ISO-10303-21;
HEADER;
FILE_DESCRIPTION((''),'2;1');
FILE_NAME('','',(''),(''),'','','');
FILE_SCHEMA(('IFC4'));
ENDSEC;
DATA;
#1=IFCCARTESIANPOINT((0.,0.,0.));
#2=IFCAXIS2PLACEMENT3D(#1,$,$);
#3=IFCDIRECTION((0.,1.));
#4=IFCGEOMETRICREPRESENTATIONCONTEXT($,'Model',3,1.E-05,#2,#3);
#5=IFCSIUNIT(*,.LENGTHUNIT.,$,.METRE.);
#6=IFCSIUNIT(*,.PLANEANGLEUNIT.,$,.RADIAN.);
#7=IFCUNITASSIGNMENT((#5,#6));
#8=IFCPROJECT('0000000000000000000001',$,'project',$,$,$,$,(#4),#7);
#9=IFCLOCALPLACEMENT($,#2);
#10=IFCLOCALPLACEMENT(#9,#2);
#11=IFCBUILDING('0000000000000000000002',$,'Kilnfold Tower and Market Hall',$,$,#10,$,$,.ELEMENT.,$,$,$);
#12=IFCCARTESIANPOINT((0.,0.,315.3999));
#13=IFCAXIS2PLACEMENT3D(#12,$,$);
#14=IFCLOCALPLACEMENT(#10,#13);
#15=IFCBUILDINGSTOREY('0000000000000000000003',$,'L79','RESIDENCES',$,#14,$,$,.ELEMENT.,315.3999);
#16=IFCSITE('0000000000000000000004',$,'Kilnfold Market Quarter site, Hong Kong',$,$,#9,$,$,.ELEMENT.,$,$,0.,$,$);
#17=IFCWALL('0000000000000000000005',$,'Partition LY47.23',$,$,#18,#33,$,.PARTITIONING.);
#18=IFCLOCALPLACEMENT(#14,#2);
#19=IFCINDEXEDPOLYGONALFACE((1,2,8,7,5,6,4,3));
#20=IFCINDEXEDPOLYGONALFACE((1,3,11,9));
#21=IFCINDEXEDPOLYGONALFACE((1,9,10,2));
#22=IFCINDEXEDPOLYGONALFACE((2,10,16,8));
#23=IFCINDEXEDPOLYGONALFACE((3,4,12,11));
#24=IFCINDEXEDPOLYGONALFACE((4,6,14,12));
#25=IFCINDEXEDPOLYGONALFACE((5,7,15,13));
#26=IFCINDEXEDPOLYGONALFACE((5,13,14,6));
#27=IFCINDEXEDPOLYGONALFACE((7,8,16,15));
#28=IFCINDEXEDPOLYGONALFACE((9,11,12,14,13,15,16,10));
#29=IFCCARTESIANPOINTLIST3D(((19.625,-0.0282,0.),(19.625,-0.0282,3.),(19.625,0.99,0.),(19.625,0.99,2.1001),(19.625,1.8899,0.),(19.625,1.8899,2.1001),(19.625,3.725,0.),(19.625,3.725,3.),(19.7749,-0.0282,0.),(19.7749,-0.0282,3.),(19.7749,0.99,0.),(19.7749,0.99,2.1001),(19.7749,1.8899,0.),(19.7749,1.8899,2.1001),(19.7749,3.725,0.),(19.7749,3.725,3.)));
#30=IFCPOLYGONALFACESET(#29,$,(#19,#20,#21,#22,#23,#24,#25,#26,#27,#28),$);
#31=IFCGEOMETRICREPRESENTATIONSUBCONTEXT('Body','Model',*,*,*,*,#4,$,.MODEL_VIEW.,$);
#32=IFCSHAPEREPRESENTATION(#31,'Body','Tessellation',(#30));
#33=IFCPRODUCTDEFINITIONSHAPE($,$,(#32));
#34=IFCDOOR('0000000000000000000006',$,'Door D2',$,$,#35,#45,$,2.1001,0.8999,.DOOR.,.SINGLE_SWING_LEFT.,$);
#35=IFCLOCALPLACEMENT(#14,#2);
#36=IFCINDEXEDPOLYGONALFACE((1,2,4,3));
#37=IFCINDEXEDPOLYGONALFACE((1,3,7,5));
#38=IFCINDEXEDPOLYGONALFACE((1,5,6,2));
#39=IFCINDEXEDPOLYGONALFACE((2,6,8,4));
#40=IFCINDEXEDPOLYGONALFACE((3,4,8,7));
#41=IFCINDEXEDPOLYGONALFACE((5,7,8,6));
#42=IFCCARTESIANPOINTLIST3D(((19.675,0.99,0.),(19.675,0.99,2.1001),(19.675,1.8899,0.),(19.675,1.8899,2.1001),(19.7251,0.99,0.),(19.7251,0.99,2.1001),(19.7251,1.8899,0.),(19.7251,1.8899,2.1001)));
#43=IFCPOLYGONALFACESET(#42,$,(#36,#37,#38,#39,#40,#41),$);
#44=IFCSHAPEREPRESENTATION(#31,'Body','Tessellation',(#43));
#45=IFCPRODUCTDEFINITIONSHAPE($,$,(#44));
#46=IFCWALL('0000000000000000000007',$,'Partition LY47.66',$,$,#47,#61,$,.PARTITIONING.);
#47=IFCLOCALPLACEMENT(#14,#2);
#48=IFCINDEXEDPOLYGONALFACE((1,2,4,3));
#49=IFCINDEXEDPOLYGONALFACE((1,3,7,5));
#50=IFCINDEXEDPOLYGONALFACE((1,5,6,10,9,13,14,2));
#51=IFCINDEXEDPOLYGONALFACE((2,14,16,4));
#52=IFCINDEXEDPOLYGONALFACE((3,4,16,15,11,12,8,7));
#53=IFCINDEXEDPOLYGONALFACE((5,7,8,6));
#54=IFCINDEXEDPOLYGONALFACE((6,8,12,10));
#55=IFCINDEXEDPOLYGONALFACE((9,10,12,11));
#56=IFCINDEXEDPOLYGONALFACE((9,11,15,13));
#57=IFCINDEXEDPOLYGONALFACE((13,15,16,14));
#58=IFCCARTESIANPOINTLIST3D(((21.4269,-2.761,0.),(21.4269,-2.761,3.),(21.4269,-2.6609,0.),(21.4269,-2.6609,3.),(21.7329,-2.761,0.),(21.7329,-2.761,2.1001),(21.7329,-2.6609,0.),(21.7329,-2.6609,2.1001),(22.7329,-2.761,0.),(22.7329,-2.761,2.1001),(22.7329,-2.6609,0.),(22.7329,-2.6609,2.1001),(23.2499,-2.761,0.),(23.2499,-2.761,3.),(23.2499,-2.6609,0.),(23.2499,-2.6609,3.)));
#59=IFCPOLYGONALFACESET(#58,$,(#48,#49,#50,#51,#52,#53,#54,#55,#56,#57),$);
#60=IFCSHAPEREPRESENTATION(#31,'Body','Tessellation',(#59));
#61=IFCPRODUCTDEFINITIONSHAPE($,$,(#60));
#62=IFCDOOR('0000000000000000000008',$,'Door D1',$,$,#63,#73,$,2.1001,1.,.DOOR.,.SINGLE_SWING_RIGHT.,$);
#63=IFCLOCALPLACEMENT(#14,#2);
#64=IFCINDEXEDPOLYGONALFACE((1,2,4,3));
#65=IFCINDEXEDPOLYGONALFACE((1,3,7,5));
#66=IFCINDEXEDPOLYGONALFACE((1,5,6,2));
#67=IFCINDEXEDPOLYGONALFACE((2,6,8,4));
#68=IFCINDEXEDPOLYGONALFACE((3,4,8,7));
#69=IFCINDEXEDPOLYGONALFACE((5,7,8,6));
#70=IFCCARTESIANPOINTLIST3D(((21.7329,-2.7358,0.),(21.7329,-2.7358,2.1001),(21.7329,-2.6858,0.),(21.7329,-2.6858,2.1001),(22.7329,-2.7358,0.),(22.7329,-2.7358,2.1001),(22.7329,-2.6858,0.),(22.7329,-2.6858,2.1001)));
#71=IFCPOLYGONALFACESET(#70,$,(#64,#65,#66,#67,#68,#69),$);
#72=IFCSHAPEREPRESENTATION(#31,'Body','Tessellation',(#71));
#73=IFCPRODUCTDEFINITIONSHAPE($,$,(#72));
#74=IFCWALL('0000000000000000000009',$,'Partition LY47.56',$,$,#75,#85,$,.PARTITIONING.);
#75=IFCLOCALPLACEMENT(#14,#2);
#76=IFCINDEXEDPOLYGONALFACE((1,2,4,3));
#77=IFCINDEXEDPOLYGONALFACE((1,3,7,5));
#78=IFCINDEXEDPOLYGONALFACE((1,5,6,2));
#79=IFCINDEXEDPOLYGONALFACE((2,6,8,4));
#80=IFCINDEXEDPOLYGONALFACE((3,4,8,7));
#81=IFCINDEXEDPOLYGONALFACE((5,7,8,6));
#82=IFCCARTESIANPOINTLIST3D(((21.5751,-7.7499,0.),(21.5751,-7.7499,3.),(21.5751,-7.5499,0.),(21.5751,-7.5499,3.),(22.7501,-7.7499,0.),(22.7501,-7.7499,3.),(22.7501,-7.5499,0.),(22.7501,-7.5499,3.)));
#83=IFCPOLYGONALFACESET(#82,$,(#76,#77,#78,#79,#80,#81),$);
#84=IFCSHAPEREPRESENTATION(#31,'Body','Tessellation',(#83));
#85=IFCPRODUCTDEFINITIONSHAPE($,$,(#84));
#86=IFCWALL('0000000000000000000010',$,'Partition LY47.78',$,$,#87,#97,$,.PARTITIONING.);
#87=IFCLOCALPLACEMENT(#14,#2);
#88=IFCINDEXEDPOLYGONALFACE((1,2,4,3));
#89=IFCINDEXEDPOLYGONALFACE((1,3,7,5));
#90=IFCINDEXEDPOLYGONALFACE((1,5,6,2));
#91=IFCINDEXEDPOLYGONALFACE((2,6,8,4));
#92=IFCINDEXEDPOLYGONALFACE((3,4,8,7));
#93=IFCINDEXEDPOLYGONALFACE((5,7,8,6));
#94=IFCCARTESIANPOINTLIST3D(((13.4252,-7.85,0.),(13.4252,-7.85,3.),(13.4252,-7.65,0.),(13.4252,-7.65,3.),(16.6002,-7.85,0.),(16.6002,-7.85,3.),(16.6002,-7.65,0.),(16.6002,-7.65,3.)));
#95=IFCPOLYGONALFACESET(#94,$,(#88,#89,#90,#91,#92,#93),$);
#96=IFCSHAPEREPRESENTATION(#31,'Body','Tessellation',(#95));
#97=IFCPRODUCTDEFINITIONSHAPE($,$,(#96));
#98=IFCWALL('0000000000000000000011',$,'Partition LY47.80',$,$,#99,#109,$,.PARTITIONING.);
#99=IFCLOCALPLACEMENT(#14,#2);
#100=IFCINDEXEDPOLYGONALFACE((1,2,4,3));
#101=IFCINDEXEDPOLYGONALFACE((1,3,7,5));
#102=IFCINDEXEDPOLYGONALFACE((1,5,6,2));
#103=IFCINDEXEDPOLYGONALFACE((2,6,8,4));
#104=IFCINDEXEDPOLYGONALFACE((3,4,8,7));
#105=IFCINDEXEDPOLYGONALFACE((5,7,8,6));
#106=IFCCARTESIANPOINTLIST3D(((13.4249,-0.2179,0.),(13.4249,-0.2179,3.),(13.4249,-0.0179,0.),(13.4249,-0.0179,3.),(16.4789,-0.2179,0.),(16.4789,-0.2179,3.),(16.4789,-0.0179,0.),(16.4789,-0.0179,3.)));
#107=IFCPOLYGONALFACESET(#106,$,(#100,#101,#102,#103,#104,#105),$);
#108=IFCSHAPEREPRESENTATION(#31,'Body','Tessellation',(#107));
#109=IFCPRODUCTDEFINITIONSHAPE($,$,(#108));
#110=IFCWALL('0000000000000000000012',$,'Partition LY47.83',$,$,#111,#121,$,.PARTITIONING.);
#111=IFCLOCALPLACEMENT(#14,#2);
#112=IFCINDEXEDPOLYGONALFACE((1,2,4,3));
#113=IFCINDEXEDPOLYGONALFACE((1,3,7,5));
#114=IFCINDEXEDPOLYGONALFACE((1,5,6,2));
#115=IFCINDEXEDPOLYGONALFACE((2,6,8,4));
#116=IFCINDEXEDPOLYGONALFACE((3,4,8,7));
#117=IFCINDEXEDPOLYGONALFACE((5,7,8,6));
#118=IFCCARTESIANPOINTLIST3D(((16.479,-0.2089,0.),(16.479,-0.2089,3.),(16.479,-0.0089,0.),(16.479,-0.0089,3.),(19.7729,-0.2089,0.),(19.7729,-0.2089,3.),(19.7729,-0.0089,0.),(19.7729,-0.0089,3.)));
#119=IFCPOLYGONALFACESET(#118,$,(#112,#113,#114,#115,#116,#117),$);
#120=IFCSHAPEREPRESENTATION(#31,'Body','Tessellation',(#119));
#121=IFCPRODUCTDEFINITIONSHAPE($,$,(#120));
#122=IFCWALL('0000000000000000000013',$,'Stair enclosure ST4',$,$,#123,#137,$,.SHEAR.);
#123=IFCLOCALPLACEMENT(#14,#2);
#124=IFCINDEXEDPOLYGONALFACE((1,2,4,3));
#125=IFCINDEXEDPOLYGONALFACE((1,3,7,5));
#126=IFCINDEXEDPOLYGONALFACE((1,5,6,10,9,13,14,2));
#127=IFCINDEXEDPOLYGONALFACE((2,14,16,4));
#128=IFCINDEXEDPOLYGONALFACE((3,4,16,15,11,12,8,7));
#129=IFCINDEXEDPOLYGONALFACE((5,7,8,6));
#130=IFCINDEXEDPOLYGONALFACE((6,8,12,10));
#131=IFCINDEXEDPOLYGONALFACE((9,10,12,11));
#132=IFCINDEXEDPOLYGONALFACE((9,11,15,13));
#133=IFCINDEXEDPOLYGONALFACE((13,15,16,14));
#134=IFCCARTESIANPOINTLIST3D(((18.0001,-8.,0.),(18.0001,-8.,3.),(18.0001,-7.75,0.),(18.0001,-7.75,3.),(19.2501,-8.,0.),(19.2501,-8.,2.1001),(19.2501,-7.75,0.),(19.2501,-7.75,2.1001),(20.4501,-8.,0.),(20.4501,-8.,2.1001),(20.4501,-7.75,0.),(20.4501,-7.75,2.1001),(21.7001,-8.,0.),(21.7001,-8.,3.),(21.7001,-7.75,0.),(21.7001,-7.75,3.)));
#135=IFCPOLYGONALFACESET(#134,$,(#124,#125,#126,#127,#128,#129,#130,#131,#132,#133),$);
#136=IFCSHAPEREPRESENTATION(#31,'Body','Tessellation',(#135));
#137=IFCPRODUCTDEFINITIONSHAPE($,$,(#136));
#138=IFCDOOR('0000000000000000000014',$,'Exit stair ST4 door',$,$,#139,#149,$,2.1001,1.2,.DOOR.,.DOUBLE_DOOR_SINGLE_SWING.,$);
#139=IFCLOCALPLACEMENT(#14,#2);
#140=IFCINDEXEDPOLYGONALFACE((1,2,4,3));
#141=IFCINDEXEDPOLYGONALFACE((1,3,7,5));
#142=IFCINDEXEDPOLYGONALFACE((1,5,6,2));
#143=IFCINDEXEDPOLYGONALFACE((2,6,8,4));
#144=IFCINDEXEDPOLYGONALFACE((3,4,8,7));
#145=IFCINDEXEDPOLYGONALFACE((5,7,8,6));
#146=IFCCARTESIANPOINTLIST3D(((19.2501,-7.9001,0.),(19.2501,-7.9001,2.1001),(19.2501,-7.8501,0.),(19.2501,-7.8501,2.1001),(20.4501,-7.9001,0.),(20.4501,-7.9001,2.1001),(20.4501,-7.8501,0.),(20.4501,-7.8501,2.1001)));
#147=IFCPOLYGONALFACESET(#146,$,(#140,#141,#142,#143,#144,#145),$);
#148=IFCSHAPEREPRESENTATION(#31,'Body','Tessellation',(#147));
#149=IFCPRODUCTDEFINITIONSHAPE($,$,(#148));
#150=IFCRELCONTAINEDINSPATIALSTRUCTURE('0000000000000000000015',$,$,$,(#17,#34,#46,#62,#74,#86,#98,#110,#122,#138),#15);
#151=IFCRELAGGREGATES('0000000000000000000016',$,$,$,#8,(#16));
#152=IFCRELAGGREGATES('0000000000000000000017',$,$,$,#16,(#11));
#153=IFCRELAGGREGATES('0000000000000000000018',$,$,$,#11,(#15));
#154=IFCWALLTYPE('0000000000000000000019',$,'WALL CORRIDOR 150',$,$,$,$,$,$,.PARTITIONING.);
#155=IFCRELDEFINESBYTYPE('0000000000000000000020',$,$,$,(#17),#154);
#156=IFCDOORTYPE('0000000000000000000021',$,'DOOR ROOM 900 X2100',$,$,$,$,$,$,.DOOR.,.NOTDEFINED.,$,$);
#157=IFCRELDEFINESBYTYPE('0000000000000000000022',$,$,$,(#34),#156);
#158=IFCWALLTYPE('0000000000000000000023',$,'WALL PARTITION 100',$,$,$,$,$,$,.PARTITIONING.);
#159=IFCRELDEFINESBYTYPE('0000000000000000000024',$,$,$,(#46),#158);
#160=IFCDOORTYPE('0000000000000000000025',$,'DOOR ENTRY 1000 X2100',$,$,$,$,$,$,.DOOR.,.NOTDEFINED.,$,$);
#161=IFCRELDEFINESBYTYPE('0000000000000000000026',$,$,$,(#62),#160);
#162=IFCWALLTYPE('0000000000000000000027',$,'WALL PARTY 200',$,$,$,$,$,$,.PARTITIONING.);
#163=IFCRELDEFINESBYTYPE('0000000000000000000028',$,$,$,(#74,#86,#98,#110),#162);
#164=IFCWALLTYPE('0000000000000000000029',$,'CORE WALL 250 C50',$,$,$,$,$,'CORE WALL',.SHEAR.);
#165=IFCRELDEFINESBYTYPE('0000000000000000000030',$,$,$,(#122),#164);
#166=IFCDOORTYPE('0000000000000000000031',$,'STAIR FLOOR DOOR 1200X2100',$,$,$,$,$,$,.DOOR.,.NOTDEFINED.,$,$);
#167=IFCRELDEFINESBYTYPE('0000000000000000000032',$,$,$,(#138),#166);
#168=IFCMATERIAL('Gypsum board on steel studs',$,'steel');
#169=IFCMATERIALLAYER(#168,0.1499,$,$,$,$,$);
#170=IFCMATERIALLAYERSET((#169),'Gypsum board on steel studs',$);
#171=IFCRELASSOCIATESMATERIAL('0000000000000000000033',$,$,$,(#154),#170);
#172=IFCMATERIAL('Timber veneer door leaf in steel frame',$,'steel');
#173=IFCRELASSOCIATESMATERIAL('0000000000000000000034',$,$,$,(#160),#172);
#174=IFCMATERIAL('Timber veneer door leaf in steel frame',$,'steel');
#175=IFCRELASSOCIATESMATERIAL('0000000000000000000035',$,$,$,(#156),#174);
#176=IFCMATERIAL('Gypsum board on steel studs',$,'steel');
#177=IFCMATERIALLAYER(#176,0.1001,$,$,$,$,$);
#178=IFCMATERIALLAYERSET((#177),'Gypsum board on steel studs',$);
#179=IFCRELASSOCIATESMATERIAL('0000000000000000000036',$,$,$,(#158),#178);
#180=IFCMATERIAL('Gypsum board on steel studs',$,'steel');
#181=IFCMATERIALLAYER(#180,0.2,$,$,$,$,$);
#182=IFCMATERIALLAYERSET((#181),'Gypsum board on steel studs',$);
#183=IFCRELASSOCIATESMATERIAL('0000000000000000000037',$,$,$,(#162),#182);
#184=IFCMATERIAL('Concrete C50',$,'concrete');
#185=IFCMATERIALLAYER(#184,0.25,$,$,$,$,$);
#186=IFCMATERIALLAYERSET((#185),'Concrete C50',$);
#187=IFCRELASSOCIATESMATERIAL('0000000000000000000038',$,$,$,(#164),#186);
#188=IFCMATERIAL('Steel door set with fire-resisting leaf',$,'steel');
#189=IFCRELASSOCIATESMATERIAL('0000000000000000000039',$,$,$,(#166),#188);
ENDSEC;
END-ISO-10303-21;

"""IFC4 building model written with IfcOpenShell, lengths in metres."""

from ifc_helpers import new_model, si_unit, direction, frame, frame_2d, origin, place, context, subcontext, project, spatial, rectangle, extrude, source, transform, mapped, material, layer, layer_set, type_object, element, fill, save


model = new_model("IFC4")

# Units and contexts
model_context = context("Model", 3, precision=1e-05, world=origin(), true_north=direction((0.0, 1.0)))
body_context = subcontext(model_context, "Body", "Model", "MODEL_VIEW")
ifc_project = project(units=[si_unit("LENGTHUNIT", "METRE"), si_unit("PLANEANGLEUNIT", "RADIAN")], contexts=[model_context])

# Site, building, storey
site_placement = place(None, origin())
site = spatial("IfcSite", under=ifc_project, at=site_placement, Name="Kilnfold Market Quarter site, Hong Kong", CompositionType="ELEMENT", RefElevation=0.0)
building_placement = place(site_placement, origin())
building = spatial("IfcBuilding", under=site, at=building_placement, Name="Kilnfold Tower and Market Hall", CompositionType="ELEMENT")
storey_placement = place(building_placement, frame((0.0, 0.0, 315.3999)))
storey = spatial("IfcBuildingStorey", under=building, at=storey_placement, Name="L79", Description="RESIDENCES", CompositionType="ELEMENT", Elevation=315.3999)

# Shared definitions
ifc_material_1 = material(Name="Gypsum board on steel studs", Category="steel")
ifc_layer_1 = layer(ifc_material_1, 0.1499)
ifc_layer_set_1 = layer_set([ifc_layer_1], Name="Gypsum board on steel studs")
wall_type_1 = type_object("IfcWallType", Name="WALL CORRIDOR 150", PredefinedType="PARTITIONING", material=ifc_layer_set_1)
ifc_material_2 = material(Name="Timber veneer door leaf in steel frame", Category="steel")
door_type_1 = type_object("IfcDoorType", Name="DOOR ENTRY 1000 X2100", OperationType="NOTDEFINED", PredefinedType="DOOR", material=ifc_material_2)

# Walls, openings, doors
ifc_material_3 = material(Name="Timber veneer door leaf in steel frame", Category="steel")
door_type_2 = type_object("IfcDoorType", Name="DOOR ROOM 900 X2100", OperationType="NOTDEFINED", PredefinedType="DOOR", material=ifc_material_3)
wall_1_placement = place(storey_placement, frame((19.7, -0.0281, 0.0), z_axis=(0.0, 0.0, 1.0), x_axis=(0.0, 1.0, 0.0)))
wall_1 = element("IfcWall", 1, at=wall_1_placement, inside=storey, type_object=wall_type_1, Name="Partition LY47.23", PredefinedType="PARTITIONING", context=body_context, shape_type="SweptSolid", body=[
    extrude(rectangle(XDim=3.7532, YDim=0.1499, at=frame_2d((1.8765, 0.0))), origin(), (0.0, 0.0, 1.0), 3.0),
])
opening_1_placement = place(wall_1_placement, frame((1.0181, 0.0, 0.0)))
opening_1 = element("IfcOpeningElement", 2, at=opening_1_placement, cuts=wall_1, PredefinedType="OPENING", context=body_context, shape_type="SweptSolid", body=[
    extrude(rectangle(XDim=0.8999, YDim=2.1001, at=frame_2d((0.45, 1.05))), frame((0.0, 0.085, 0.0), z_axis=(0.0, -1.0, 0.0), x_axis=(1.0, 0.0, 0.0)), (0.0, 0.0, 1.0), 0.1699),
])
door_1_placement = place(opening_1_placement, origin())
door_1 = element("IfcDoor", 3, at=door_1_placement, inside=storey, type_object=door_type_2, Name="Door D2", OperationType="SINGLE_SWING_LEFT", OverallHeight=2.1001, OverallWidth=0.8999, PredefinedType="DOOR", context=body_context, shape_type="SweptSolid", body=[
    extrude(rectangle(XDim=0.8999, YDim=2.1001, at=frame_2d((0.45, 1.05))), frame((0.0, 0.0249, 0.0), z_axis=(0.0, -1.0, 0.0), x_axis=(1.0, 0.0, 0.0)), (0.0, 0.0, 1.0), 0.05),
])
fill(opening_1, door_1)
ifc_material_4 = material(Name="Gypsum board on steel studs", Category="steel")
ifc_layer_2 = layer(ifc_material_4, 0.1001)
ifc_layer_set_2 = layer_set([ifc_layer_2], Name="Gypsum board on steel studs")
wall_type_2 = type_object("IfcWallType", Name="WALL PARTITION 100", PredefinedType="PARTITIONING", material=ifc_layer_set_2)
wall_2_placement = place(storey_placement, frame((23.25, -2.7109, 0.0), z_axis=(0.0, 0.0, 1.0), x_axis=(-1.0, 0.0, 0.0)))
wall_2 = element("IfcWall", 4, at=wall_2_placement, inside=storey, type_object=wall_type_2, Name="Partition LY47.66", PredefinedType="PARTITIONING", context=body_context, shape_type="SweptSolid", body=[
    extrude(rectangle(XDim=1.823, YDim=0.1001, at=frame_2d((0.9116, 0.0))), origin(), (0.0, 0.0, 1.0), 3.0),
])
opening_2_placement = place(wall_2_placement, frame((0.5171, 0.0, 0.0)))
opening_2 = element("IfcOpeningElement", 5, at=opening_2_placement, cuts=wall_2, PredefinedType="OPENING", context=body_context, shape_type="SweptSolid", body=[
    extrude(rectangle(XDim=1.0, YDim=2.1001, at=frame_2d((0.5, 1.05))), frame((0.0, 0.0601, 0.0), z_axis=(0.0, -1.0, 0.0), x_axis=(1.0, 0.0, 0.0)), (0.0, 0.0, 1.0), 0.1201),
])
door_2_placement = place(opening_2_placement, origin())
door_2 = element("IfcDoor", 6, at=door_2_placement, inside=storey, type_object=door_type_1, Name="Door D1", OperationType="SINGLE_SWING_RIGHT", OverallHeight=2.1001, OverallWidth=1.0, PredefinedType="DOOR", context=body_context, shape_type="SweptSolid", body=[
    extrude(rectangle(XDim=1.0, YDim=2.1001, at=frame_2d((0.5, 1.05))), frame((0.0, 0.0249, 0.0), z_axis=(0.0, -1.0, 0.0), x_axis=(1.0, 0.0, 0.0)), (0.0, 0.0, 1.0), 0.05),
])
fill(opening_2, door_2)

# Walls
ifc_material_5 = material(Name="Gypsum board on steel studs", Category="steel")
ifc_layer_3 = layer(ifc_material_5, 0.2)
ifc_layer_set_3 = layer_set([ifc_layer_3], Name="Gypsum board on steel studs")
wall_type_3 = type_object("IfcWallType", Name="WALL PARTY 200", PredefinedType="PARTITIONING", material=ifc_layer_set_3)
wall_3_placement = place(storey_placement, frame((22.75, -7.6499, 0.0), z_axis=(0.0, 0.0, 1.0), x_axis=(-1.0, 0.0, 0.0)))
element("IfcWall", 7, at=wall_3_placement, inside=storey, type_object=wall_type_3, Name="Partition LY47.56", PredefinedType="PARTITIONING", context=body_context, shape_type="SweptSolid", body=[
    extrude(rectangle(XDim=1.175, YDim=0.2, at=frame_2d((0.5874, 0.0))), origin(), (0.0, 0.0, 1.0), 3.0),
])
wall_4_placement = place(storey_placement, frame((16.6001, -7.75, 0.0), z_axis=(0.0, 0.0, 1.0), x_axis=(-1.0, 0.0, 0.0)))
element("IfcWall", 8, at=wall_4_placement, inside=storey, type_object=wall_type_3, Name="Partition LY47.78", PredefinedType="PARTITIONING", context=body_context, shape_type="SweptSolid", body=[
    extrude(rectangle(XDim=3.175, YDim=0.2, at=frame_2d((1.5874, 0.0))), origin(), (0.0, 0.0, 1.0), 3.0),
])
wall_5_placement = place(storey_placement, frame((13.425, -0.1179, 0.0), z_axis=(0.0, 0.0, 1.0), x_axis=(1.0, 0.0, 0.0)))
element("IfcWall", 9, at=wall_5_placement, inside=storey, type_object=wall_type_3, Name="Partition LY47.80", PredefinedType="PARTITIONING", context=body_context, shape_type="SweptSolid", body=[
    extrude(rectangle(XDim=3.054, YDim=0.2, at=frame_2d((1.5269, 0.0))), origin(), (0.0, 0.0, 1.0), 3.0),
])
wall_6_placement = place(storey_placement, frame((19.7729, -0.1089, 0.0), z_axis=(0.0, 0.0, 1.0), x_axis=(-1.0, 0.0, 0.0)))
element("IfcWall", 10, at=wall_6_placement, inside=storey, type_object=wall_type_3, Name="Partition LY47.83", PredefinedType="PARTITIONING", context=body_context, shape_type="SweptSolid", body=[
    extrude(rectangle(XDim=3.2939, YDim=0.2, at=frame_2d((1.647, 0.0))), origin(), (0.0, 0.0, 1.0), 3.0),
])

# Wall, opening, door
ifc_material_6 = material(Name="Concrete C50", Category="concrete")
ifc_layer_4 = layer(ifc_material_6, 0.25)
ifc_layer_set_4 = layer_set([ifc_layer_4], Name="Concrete C50")
wall_type_4 = type_object("IfcWallType", Name="CORE WALL 250 C50", ElementType="CORE WALL", PredefinedType="SHEAR", material=ifc_layer_set_4)
shared_shape_1 = source(origin(), body_context, "Body", "SweptSolid", [
    extrude(rectangle(XDim=3.7, YDim=0.25, at=frame_2d((1.8501, 0.0))), origin(), (0.0, 0.0, 1.0), 3.0),
])
wall_7_placement = place(storey_placement, frame((18.0, -7.875, 0.0), z_axis=(0.0, 0.0, 1.0), x_axis=(1.0, 0.0, 0.0)))
wall_7 = element("IfcWall", 11, at=wall_7_placement, inside=storey, type_object=wall_type_4, Name="Stair enclosure ST4", PredefinedType="SHEAR", context=body_context, shape_type="MappedRepresentation", body=[
    mapped(shared_shape_1, transform((0.0, 0.0, 0.0))),
])
opening_3_placement = place(wall_7_placement, frame((1.25, 0.0, 0.0)))
opening_3 = element("IfcOpeningElement", 12, at=opening_3_placement, cuts=wall_7, PredefinedType="OPENING", context=body_context, shape_type="SweptSolid", body=[
    extrude(rectangle(XDim=1.2, YDim=2.1001, at=frame_2d((0.6001, 1.05))), frame((0.0, 0.135, 0.0), z_axis=(0.0, -1.0, 0.0), x_axis=(1.0, 0.0, 0.0)), (0.0, 0.0, 1.0), 0.27),
])
ifc_material_7 = material(Name="Steel door set with fire-resisting leaf", Category="steel")
door_type_3 = type_object("IfcDoorType", Name="STAIR FLOOR DOOR 1200X2100", OperationType="NOTDEFINED", PredefinedType="DOOR", material=ifc_material_7)
door_3_placement = place(opening_3_placement, origin())
door_3 = element("IfcDoor", 13, at=door_3_placement, inside=storey, type_object=door_type_3, Name="Exit stair ST4 door", OperationType="DOUBLE_DOOR_SINGLE_SWING", OverallHeight=2.1001, OverallWidth=1.2, PredefinedType="DOOR", context=body_context, shape_type="SweptSolid", body=[
    extrude(rectangle(XDim=1.2, YDim=2.1001, at=frame_2d((0.6001, 1.05))), frame((0.0, 0.0249, 0.0), z_axis=(0.0, -1.0, 0.0), x_axis=(1.0, 0.0, 0.0)), (0.0, 0.0, 1.0), 0.05),
])
fill(opening_3, door_3)

save(model, "model.ifc")
